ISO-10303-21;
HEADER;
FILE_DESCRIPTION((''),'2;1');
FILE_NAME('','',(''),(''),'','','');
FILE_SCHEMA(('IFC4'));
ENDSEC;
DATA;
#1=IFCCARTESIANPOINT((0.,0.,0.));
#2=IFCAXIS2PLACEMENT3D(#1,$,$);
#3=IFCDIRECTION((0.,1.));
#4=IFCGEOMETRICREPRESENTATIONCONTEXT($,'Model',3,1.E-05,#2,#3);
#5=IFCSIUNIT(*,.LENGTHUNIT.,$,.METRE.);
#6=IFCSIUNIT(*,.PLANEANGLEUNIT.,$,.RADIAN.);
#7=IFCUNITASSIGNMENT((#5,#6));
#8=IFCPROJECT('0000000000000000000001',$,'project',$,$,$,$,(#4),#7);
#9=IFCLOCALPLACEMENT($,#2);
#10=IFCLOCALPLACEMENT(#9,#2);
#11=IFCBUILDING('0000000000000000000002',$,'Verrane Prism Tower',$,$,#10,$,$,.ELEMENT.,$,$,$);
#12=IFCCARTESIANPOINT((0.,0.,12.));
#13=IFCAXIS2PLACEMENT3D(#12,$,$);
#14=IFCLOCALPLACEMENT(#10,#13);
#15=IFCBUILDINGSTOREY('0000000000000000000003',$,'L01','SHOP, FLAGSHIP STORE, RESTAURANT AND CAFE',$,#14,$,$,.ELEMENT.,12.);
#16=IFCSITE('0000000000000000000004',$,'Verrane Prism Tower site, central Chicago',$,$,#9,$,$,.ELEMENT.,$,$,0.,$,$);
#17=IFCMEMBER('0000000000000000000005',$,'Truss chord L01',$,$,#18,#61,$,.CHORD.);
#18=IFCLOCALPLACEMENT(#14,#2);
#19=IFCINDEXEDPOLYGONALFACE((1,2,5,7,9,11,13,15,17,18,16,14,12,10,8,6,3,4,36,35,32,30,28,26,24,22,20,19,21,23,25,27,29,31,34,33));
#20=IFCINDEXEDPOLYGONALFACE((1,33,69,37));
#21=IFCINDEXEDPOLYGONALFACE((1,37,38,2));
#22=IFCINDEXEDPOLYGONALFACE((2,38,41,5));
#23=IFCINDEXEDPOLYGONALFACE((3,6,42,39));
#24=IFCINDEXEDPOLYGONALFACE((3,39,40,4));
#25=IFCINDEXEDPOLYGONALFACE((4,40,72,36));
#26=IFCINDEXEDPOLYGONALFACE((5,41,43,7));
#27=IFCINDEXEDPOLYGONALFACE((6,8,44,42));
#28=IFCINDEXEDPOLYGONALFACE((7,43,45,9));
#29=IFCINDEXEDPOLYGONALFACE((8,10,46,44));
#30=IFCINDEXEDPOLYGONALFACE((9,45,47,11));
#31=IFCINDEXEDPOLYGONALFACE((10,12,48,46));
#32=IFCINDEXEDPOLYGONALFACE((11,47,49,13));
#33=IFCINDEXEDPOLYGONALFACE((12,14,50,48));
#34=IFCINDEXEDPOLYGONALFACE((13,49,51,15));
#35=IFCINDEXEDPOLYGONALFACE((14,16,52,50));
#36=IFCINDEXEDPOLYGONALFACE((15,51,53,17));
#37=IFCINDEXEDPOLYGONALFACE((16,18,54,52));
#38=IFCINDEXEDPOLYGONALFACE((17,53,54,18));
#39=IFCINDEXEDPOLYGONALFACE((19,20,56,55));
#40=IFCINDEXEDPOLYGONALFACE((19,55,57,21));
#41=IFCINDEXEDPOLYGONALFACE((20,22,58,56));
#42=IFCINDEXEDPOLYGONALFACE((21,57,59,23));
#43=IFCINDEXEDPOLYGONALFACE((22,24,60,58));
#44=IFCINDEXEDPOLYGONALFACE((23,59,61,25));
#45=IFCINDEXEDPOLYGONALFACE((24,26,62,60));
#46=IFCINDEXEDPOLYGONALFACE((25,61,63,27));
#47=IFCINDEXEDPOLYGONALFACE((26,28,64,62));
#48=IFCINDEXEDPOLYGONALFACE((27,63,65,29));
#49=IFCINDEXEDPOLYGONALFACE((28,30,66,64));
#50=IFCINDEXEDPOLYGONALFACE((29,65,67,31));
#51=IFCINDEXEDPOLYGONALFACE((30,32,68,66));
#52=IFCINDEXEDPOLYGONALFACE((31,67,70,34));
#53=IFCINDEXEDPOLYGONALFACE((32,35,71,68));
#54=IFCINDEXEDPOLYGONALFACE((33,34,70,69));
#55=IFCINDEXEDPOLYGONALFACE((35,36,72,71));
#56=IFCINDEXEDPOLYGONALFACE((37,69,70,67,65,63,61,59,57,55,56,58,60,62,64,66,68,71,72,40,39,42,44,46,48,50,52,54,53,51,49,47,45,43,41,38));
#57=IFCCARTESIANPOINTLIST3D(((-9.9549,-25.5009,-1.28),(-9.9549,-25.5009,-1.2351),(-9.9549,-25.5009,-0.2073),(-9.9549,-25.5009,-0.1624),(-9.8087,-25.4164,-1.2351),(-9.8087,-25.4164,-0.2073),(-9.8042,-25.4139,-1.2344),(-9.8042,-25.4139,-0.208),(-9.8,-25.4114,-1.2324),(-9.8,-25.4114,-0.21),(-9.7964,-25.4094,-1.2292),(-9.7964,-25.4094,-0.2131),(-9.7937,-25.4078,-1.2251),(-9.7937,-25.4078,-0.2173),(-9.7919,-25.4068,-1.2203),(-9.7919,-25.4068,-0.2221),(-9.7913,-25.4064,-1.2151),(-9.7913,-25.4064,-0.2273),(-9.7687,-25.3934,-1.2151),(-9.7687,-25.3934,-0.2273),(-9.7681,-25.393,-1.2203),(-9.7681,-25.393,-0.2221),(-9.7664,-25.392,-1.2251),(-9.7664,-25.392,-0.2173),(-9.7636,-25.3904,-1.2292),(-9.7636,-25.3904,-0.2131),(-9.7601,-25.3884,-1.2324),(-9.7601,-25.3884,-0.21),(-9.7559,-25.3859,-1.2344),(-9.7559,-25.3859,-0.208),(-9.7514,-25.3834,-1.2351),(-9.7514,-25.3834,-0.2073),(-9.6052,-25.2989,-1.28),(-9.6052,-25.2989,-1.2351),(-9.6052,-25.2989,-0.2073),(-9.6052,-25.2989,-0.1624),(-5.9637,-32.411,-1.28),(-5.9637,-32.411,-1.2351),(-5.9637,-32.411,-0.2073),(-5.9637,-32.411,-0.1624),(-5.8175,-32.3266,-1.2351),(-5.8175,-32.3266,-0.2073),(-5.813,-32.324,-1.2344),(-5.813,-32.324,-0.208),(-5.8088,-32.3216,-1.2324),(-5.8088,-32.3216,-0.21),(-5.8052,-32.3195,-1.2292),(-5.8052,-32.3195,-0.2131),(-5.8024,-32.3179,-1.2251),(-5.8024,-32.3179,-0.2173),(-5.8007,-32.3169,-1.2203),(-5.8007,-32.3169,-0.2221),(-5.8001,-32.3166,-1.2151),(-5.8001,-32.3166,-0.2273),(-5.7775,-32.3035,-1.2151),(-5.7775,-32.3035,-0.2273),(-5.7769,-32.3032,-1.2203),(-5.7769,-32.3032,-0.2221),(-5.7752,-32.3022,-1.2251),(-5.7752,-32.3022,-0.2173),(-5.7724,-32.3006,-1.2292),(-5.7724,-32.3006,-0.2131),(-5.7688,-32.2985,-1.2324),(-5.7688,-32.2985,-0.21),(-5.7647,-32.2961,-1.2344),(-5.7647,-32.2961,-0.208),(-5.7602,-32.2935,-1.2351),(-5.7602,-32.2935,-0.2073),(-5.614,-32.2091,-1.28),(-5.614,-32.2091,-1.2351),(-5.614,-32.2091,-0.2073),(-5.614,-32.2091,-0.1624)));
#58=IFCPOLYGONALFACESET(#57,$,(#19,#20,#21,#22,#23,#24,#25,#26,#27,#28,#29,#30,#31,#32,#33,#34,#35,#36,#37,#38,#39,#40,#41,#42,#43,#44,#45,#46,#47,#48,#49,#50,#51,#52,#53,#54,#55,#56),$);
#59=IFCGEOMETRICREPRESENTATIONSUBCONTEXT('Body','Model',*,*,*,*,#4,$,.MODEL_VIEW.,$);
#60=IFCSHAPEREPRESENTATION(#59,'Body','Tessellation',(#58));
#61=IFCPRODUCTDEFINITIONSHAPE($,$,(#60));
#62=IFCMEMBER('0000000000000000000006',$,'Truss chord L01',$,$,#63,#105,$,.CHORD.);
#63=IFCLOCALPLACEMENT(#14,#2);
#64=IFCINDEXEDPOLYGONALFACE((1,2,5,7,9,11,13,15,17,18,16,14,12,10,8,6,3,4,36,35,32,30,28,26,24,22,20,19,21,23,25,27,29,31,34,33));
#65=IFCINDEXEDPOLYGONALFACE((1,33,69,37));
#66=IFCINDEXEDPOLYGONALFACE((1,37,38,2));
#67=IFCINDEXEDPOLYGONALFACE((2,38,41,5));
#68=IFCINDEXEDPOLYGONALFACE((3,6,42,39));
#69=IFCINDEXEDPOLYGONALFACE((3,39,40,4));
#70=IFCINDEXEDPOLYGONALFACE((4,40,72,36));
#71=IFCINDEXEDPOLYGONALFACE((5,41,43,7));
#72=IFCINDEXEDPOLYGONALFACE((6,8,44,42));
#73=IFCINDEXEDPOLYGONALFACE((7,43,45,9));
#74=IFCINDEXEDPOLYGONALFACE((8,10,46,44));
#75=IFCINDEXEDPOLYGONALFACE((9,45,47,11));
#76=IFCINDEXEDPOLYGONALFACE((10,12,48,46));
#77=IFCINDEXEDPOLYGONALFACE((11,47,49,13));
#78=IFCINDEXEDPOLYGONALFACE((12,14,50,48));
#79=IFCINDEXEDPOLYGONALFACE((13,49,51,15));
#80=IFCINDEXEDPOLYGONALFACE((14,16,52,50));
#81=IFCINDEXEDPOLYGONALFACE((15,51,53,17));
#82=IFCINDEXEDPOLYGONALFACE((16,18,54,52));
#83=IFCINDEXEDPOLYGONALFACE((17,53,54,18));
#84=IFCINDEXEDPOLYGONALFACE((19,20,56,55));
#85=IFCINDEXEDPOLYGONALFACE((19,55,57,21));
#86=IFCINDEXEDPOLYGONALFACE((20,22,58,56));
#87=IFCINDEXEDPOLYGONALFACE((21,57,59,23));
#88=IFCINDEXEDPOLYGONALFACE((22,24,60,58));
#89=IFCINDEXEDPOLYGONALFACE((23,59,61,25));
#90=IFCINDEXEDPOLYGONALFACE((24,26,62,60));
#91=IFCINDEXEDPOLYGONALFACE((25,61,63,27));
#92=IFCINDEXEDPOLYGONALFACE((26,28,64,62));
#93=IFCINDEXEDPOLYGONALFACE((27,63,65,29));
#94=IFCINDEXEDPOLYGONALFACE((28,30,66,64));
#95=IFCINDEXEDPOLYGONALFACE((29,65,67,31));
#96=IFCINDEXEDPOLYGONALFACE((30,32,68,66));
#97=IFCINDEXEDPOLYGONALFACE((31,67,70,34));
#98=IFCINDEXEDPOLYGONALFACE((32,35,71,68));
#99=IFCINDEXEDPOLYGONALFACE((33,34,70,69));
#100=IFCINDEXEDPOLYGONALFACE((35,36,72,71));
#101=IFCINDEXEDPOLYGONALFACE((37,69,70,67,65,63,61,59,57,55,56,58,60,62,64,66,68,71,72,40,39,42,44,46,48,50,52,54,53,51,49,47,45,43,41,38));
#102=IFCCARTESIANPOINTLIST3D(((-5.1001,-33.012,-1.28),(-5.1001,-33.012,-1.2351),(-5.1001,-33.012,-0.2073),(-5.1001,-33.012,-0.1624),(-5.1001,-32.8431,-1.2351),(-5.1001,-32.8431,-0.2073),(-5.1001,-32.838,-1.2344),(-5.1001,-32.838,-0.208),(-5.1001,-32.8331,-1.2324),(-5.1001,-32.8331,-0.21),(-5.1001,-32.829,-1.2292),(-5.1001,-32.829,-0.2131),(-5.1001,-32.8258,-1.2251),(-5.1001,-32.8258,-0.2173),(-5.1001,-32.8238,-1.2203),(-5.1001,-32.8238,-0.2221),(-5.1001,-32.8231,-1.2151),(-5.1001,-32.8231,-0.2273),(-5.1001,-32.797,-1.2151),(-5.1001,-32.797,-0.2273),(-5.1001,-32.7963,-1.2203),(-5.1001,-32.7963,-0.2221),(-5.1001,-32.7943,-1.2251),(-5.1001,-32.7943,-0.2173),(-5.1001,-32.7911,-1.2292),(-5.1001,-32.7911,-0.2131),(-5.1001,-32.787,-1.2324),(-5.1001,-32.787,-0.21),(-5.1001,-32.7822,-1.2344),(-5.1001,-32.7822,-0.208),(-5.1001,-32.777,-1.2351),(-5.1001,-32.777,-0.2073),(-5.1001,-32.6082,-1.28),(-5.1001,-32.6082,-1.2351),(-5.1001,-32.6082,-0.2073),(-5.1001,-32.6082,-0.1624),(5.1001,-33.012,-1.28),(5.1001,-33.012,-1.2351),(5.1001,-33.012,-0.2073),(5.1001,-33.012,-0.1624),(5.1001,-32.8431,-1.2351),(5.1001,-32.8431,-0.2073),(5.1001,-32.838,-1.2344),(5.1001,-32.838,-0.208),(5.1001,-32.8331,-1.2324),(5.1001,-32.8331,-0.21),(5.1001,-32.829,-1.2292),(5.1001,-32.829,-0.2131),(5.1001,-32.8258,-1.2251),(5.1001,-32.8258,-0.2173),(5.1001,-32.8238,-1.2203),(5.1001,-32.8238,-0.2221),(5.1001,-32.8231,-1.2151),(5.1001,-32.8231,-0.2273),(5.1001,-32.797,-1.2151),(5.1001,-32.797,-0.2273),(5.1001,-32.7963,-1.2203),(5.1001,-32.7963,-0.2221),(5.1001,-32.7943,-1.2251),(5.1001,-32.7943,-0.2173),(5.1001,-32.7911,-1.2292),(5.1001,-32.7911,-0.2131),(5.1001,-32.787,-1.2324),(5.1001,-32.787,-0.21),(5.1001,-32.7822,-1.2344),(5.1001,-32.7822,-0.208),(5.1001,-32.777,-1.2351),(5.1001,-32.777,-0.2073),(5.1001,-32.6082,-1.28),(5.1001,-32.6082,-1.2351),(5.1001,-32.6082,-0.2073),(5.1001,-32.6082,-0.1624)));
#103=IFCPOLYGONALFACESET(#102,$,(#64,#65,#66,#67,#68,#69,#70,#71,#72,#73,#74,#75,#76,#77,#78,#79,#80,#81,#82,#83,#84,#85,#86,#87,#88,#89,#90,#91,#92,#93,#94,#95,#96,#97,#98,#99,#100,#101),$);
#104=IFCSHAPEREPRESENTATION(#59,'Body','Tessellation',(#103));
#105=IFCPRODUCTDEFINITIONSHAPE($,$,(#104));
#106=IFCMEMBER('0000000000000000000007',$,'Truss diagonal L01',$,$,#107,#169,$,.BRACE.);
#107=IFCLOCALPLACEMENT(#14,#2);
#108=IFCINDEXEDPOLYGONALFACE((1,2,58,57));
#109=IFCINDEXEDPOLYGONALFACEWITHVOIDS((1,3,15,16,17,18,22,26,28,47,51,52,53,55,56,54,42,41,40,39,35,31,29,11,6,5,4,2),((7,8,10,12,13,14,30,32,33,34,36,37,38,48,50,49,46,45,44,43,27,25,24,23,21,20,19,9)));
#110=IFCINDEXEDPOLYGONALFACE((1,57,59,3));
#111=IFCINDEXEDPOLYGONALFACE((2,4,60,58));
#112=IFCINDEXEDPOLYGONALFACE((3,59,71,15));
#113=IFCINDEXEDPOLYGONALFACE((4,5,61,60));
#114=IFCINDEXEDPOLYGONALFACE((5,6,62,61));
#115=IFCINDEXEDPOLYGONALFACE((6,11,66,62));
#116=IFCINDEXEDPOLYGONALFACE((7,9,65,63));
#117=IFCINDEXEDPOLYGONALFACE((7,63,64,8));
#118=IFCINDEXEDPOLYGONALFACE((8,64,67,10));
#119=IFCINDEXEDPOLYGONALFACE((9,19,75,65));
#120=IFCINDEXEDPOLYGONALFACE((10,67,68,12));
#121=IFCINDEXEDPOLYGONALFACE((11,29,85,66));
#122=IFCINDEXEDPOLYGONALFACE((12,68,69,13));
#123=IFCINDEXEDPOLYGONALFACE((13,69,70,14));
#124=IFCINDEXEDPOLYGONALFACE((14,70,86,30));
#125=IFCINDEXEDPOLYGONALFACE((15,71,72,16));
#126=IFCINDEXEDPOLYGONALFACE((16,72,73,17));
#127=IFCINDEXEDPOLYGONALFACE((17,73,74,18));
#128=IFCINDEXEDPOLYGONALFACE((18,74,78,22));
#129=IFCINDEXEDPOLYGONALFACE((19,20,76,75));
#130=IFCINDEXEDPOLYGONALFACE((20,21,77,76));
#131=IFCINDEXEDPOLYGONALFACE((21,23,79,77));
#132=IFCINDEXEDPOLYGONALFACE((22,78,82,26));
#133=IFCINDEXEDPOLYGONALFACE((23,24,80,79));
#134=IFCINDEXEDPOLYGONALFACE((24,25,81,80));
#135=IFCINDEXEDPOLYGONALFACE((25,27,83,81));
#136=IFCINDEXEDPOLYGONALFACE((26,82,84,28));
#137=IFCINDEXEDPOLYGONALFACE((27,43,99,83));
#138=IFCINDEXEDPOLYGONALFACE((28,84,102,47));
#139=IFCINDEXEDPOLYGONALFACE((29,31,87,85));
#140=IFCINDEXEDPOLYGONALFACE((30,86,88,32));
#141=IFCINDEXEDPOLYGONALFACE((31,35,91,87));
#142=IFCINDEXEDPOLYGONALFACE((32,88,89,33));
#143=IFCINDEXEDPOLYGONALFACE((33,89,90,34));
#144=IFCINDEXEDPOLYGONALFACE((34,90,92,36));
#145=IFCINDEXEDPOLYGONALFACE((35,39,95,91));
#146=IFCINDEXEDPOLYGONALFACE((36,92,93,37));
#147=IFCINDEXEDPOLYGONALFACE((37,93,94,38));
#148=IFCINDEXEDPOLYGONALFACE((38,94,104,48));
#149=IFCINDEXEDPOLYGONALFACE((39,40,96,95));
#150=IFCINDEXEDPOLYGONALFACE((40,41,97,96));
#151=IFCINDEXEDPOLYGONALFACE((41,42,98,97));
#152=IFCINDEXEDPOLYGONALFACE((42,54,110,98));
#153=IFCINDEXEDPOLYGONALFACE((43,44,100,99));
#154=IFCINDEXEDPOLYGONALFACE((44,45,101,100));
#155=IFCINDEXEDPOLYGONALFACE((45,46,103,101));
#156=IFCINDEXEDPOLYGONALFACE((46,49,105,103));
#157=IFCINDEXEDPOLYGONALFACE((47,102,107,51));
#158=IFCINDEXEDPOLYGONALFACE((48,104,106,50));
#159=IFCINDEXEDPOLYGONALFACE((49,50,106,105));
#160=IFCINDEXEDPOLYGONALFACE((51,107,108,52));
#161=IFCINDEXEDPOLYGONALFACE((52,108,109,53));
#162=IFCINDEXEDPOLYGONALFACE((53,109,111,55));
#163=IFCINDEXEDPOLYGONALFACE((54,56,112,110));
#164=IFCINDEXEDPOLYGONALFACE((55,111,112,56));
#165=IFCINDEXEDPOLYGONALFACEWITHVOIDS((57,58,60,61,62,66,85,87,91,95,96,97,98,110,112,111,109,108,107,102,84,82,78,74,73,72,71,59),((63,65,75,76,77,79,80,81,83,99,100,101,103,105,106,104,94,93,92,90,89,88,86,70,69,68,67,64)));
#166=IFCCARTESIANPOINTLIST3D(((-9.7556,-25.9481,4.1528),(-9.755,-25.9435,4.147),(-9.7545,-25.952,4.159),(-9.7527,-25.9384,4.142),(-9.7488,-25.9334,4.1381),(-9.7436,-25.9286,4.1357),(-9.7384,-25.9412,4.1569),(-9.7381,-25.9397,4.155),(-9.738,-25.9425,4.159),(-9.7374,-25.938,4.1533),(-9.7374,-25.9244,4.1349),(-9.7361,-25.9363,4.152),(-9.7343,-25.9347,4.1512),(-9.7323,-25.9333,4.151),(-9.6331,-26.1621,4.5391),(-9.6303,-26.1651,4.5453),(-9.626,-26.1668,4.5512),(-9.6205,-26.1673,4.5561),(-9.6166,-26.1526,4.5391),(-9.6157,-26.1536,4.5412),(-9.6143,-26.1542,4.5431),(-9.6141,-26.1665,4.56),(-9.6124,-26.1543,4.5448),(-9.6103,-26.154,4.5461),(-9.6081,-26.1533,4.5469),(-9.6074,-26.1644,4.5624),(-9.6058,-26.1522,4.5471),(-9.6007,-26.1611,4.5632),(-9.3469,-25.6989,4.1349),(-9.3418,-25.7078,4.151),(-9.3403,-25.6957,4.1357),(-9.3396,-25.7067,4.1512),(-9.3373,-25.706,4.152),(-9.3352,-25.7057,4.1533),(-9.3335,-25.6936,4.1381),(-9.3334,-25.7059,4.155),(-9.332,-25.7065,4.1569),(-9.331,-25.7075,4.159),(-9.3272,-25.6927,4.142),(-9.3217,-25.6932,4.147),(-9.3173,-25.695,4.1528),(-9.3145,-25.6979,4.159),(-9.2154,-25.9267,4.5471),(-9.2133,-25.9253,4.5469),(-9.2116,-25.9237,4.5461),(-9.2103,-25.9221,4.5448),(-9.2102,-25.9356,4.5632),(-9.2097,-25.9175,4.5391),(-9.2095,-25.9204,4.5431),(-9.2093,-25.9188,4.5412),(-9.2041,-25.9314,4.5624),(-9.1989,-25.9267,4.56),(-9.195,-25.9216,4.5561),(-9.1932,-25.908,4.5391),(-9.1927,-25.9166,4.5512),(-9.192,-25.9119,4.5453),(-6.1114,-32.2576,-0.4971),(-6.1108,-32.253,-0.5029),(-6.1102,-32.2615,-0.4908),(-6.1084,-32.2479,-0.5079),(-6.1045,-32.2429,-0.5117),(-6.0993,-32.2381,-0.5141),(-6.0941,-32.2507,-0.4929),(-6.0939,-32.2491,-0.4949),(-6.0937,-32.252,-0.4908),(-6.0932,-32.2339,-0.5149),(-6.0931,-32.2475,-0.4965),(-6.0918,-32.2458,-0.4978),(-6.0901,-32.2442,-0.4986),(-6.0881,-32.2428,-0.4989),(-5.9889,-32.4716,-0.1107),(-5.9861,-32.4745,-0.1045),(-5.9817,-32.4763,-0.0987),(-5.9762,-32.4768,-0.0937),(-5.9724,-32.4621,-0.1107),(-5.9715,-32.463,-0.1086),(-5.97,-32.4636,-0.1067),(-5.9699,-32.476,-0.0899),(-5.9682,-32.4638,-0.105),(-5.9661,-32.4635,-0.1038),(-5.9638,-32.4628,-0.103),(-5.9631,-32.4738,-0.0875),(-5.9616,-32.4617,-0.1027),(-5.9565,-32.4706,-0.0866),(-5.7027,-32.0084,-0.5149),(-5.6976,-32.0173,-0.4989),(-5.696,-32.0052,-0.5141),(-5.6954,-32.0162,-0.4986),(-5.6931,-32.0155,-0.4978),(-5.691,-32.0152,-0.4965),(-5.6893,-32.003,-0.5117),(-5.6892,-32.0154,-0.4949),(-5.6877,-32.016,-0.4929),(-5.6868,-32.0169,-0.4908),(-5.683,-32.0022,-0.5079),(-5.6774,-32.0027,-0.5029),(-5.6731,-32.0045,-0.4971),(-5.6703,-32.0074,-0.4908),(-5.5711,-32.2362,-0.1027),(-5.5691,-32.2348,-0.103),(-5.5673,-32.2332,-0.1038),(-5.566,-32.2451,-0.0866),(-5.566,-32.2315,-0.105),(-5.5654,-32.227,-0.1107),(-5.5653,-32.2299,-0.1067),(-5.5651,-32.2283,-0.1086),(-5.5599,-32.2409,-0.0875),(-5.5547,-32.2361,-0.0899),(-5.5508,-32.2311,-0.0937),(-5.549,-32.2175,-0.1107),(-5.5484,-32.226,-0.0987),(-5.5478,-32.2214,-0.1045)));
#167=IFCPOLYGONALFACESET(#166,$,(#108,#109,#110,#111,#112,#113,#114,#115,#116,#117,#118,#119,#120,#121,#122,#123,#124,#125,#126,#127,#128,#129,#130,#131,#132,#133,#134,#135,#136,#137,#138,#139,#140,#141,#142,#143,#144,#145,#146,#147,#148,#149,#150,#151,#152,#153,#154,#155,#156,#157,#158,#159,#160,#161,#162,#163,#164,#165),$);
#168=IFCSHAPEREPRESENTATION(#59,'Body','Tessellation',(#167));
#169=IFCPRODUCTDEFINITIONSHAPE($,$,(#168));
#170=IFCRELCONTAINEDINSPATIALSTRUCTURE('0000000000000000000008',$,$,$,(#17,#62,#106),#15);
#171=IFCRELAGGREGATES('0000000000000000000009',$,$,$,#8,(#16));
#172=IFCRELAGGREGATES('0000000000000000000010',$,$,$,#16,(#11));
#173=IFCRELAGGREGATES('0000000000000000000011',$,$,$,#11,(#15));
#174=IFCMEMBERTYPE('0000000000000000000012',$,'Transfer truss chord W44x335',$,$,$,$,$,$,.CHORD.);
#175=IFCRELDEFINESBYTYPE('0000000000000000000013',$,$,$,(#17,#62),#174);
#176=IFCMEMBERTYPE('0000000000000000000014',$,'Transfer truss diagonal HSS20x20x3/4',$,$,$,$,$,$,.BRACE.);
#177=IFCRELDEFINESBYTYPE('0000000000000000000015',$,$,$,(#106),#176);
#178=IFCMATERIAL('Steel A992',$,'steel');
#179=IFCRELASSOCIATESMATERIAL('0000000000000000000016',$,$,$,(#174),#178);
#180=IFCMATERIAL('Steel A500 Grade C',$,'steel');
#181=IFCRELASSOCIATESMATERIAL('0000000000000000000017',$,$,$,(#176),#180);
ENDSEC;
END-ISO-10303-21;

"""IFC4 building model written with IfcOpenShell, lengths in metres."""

from ifc_helpers import new_model, si_unit, direction, frame, origin, origin_2d, place, context, subcontext, project, spatial, hollow_rectangle, i_section, extrude, material, material_profile, profile_set, type_object, element, save


model = new_model("IFC4")

# Units and contexts
model_context = context("Model", 3, precision=1e-05, world=origin(), true_north=direction((0.0, 1.0)))
body_context = subcontext(model_context, "Body", "Model", "MODEL_VIEW")
ifc_project = project(units=[si_unit("LENGTHUNIT", "METRE"), si_unit("PLANEANGLEUNIT", "RADIAN")], contexts=[model_context])

# Site, building, storey
site_placement = place(None, origin())
site = spatial("IfcSite", under=ifc_project, at=site_placement, Name="Verrane Prism Tower site, central Chicago", CompositionType="ELEMENT", RefElevation=0.0)
building_placement = place(site_placement, origin())
building = spatial("IfcBuilding", under=site, at=building_placement, Name="Verrane Prism Tower", CompositionType="ELEMENT")
storey_placement = place(building_placement, frame((0.0, 0.0, 12.0)))
storey = spatial("IfcBuildingStorey", under=building, at=storey_placement, Name="L01", Description="SHOP, FLAGSHIP STORE, RESTAURANT AND CAFE", CompositionType="ELEMENT", Elevation=12.0)

# Members
ifc_material_1 = material(Name="Steel A992", Category="steel")
ifc_material_profile_1 = material_profile(ifc_material_1, i_section(OverallWidth=0.4038, OverallDepth=1.1177, WebThickness=0.0261, FlangeThickness=0.0449, FilletRadius=0.02, at=origin_2d()), Name="W44x335")
ifc_profile_set_1 = profile_set([ifc_material_profile_1], Name="Steel A992")
member_type_1 = type_object("IfcMemberType", Name="Transfer truss chord W44x335", PredefinedType="CHORD", material=ifc_profile_set_1)
member_1_placement = place(storey_placement, frame((-9.78, -25.3999, -0.7212), z_axis=(0.500153, -0.865937, 0.0), x_axis=(0.865937, 0.500153, 0.0)))
element("IfcMember", 1, at=member_1_placement, inside=storey, type_object=member_type_1, Name="Truss chord L01", PredefinedType="CHORD", context=body_context, shape_type="SweptSolid", body=[
    extrude(i_section(OverallWidth=0.4038, OverallDepth=1.1177, WebThickness=0.0261, FlangeThickness=0.0449, FilletRadius=0.02, at=origin_2d()), origin(), (0.0, 0.0, 1.0), 7.98),
])
member_2_placement = place(storey_placement, frame((-5.1001, -32.8101, -0.7212), z_axis=(1.0, 0.0, 0.0), x_axis=(0.0, 1.0, 0.0)))
element("IfcMember", 2, at=member_2_placement, inside=storey, type_object=member_type_1, Name="Truss chord L01", PredefinedType="CHORD", context=body_context, shape_type="SweptSolid", body=[
    extrude(i_section(OverallWidth=0.4038, OverallDepth=1.1177, WebThickness=0.0261, FlangeThickness=0.0449, FilletRadius=0.02, at=origin_2d()), origin(), (0.0, 0.0, 1.0), 10.2002),
])
ifc_material_2 = material(Name="Steel A500 Grade C", Category="steel")
ifc_material_profile_2 = material_profile(ifc_material_2, hollow_rectangle(XDim=0.5081, YDim=0.5081, WallThickness=0.019, InnerFilletRadius=0.0095, OuterFilletRadius=0.0286, at=origin_2d()), Name="HSS20x20x3/4")
ifc_profile_set_2 = profile_set([ifc_material_profile_2], Name="Steel A500 Grade C")
member_type_2 = type_object("IfcMemberType", Name="Transfer truss diagonal HSS20x20x3/4", PredefinedType="BRACE", material=ifc_profile_set_2)
member_3_placement = place(storey_placement, frame((-5.8296, -32.2395, -0.3008), z_axis=(-0.421613, 0.729964, 0.537954), x_axis=(-0.865939, -0.50015, 0.0)))
element("IfcMember", 3, at=member_3_placement, inside=storey, type_object=member_type_2, Name="Truss diagonal L01", PredefinedType="BRACE", context=body_context, shape_type="SweptSolid", body=[
    extrude(hollow_rectangle(XDim=0.5081, YDim=0.5081, WallThickness=0.019, InnerFilletRadius=0.0095, OuterFilletRadius=0.0286, at=origin_2d()), origin(), (0.0, 0.0, 1.0), 8.6436),
])

save(model, "model.ifc")
